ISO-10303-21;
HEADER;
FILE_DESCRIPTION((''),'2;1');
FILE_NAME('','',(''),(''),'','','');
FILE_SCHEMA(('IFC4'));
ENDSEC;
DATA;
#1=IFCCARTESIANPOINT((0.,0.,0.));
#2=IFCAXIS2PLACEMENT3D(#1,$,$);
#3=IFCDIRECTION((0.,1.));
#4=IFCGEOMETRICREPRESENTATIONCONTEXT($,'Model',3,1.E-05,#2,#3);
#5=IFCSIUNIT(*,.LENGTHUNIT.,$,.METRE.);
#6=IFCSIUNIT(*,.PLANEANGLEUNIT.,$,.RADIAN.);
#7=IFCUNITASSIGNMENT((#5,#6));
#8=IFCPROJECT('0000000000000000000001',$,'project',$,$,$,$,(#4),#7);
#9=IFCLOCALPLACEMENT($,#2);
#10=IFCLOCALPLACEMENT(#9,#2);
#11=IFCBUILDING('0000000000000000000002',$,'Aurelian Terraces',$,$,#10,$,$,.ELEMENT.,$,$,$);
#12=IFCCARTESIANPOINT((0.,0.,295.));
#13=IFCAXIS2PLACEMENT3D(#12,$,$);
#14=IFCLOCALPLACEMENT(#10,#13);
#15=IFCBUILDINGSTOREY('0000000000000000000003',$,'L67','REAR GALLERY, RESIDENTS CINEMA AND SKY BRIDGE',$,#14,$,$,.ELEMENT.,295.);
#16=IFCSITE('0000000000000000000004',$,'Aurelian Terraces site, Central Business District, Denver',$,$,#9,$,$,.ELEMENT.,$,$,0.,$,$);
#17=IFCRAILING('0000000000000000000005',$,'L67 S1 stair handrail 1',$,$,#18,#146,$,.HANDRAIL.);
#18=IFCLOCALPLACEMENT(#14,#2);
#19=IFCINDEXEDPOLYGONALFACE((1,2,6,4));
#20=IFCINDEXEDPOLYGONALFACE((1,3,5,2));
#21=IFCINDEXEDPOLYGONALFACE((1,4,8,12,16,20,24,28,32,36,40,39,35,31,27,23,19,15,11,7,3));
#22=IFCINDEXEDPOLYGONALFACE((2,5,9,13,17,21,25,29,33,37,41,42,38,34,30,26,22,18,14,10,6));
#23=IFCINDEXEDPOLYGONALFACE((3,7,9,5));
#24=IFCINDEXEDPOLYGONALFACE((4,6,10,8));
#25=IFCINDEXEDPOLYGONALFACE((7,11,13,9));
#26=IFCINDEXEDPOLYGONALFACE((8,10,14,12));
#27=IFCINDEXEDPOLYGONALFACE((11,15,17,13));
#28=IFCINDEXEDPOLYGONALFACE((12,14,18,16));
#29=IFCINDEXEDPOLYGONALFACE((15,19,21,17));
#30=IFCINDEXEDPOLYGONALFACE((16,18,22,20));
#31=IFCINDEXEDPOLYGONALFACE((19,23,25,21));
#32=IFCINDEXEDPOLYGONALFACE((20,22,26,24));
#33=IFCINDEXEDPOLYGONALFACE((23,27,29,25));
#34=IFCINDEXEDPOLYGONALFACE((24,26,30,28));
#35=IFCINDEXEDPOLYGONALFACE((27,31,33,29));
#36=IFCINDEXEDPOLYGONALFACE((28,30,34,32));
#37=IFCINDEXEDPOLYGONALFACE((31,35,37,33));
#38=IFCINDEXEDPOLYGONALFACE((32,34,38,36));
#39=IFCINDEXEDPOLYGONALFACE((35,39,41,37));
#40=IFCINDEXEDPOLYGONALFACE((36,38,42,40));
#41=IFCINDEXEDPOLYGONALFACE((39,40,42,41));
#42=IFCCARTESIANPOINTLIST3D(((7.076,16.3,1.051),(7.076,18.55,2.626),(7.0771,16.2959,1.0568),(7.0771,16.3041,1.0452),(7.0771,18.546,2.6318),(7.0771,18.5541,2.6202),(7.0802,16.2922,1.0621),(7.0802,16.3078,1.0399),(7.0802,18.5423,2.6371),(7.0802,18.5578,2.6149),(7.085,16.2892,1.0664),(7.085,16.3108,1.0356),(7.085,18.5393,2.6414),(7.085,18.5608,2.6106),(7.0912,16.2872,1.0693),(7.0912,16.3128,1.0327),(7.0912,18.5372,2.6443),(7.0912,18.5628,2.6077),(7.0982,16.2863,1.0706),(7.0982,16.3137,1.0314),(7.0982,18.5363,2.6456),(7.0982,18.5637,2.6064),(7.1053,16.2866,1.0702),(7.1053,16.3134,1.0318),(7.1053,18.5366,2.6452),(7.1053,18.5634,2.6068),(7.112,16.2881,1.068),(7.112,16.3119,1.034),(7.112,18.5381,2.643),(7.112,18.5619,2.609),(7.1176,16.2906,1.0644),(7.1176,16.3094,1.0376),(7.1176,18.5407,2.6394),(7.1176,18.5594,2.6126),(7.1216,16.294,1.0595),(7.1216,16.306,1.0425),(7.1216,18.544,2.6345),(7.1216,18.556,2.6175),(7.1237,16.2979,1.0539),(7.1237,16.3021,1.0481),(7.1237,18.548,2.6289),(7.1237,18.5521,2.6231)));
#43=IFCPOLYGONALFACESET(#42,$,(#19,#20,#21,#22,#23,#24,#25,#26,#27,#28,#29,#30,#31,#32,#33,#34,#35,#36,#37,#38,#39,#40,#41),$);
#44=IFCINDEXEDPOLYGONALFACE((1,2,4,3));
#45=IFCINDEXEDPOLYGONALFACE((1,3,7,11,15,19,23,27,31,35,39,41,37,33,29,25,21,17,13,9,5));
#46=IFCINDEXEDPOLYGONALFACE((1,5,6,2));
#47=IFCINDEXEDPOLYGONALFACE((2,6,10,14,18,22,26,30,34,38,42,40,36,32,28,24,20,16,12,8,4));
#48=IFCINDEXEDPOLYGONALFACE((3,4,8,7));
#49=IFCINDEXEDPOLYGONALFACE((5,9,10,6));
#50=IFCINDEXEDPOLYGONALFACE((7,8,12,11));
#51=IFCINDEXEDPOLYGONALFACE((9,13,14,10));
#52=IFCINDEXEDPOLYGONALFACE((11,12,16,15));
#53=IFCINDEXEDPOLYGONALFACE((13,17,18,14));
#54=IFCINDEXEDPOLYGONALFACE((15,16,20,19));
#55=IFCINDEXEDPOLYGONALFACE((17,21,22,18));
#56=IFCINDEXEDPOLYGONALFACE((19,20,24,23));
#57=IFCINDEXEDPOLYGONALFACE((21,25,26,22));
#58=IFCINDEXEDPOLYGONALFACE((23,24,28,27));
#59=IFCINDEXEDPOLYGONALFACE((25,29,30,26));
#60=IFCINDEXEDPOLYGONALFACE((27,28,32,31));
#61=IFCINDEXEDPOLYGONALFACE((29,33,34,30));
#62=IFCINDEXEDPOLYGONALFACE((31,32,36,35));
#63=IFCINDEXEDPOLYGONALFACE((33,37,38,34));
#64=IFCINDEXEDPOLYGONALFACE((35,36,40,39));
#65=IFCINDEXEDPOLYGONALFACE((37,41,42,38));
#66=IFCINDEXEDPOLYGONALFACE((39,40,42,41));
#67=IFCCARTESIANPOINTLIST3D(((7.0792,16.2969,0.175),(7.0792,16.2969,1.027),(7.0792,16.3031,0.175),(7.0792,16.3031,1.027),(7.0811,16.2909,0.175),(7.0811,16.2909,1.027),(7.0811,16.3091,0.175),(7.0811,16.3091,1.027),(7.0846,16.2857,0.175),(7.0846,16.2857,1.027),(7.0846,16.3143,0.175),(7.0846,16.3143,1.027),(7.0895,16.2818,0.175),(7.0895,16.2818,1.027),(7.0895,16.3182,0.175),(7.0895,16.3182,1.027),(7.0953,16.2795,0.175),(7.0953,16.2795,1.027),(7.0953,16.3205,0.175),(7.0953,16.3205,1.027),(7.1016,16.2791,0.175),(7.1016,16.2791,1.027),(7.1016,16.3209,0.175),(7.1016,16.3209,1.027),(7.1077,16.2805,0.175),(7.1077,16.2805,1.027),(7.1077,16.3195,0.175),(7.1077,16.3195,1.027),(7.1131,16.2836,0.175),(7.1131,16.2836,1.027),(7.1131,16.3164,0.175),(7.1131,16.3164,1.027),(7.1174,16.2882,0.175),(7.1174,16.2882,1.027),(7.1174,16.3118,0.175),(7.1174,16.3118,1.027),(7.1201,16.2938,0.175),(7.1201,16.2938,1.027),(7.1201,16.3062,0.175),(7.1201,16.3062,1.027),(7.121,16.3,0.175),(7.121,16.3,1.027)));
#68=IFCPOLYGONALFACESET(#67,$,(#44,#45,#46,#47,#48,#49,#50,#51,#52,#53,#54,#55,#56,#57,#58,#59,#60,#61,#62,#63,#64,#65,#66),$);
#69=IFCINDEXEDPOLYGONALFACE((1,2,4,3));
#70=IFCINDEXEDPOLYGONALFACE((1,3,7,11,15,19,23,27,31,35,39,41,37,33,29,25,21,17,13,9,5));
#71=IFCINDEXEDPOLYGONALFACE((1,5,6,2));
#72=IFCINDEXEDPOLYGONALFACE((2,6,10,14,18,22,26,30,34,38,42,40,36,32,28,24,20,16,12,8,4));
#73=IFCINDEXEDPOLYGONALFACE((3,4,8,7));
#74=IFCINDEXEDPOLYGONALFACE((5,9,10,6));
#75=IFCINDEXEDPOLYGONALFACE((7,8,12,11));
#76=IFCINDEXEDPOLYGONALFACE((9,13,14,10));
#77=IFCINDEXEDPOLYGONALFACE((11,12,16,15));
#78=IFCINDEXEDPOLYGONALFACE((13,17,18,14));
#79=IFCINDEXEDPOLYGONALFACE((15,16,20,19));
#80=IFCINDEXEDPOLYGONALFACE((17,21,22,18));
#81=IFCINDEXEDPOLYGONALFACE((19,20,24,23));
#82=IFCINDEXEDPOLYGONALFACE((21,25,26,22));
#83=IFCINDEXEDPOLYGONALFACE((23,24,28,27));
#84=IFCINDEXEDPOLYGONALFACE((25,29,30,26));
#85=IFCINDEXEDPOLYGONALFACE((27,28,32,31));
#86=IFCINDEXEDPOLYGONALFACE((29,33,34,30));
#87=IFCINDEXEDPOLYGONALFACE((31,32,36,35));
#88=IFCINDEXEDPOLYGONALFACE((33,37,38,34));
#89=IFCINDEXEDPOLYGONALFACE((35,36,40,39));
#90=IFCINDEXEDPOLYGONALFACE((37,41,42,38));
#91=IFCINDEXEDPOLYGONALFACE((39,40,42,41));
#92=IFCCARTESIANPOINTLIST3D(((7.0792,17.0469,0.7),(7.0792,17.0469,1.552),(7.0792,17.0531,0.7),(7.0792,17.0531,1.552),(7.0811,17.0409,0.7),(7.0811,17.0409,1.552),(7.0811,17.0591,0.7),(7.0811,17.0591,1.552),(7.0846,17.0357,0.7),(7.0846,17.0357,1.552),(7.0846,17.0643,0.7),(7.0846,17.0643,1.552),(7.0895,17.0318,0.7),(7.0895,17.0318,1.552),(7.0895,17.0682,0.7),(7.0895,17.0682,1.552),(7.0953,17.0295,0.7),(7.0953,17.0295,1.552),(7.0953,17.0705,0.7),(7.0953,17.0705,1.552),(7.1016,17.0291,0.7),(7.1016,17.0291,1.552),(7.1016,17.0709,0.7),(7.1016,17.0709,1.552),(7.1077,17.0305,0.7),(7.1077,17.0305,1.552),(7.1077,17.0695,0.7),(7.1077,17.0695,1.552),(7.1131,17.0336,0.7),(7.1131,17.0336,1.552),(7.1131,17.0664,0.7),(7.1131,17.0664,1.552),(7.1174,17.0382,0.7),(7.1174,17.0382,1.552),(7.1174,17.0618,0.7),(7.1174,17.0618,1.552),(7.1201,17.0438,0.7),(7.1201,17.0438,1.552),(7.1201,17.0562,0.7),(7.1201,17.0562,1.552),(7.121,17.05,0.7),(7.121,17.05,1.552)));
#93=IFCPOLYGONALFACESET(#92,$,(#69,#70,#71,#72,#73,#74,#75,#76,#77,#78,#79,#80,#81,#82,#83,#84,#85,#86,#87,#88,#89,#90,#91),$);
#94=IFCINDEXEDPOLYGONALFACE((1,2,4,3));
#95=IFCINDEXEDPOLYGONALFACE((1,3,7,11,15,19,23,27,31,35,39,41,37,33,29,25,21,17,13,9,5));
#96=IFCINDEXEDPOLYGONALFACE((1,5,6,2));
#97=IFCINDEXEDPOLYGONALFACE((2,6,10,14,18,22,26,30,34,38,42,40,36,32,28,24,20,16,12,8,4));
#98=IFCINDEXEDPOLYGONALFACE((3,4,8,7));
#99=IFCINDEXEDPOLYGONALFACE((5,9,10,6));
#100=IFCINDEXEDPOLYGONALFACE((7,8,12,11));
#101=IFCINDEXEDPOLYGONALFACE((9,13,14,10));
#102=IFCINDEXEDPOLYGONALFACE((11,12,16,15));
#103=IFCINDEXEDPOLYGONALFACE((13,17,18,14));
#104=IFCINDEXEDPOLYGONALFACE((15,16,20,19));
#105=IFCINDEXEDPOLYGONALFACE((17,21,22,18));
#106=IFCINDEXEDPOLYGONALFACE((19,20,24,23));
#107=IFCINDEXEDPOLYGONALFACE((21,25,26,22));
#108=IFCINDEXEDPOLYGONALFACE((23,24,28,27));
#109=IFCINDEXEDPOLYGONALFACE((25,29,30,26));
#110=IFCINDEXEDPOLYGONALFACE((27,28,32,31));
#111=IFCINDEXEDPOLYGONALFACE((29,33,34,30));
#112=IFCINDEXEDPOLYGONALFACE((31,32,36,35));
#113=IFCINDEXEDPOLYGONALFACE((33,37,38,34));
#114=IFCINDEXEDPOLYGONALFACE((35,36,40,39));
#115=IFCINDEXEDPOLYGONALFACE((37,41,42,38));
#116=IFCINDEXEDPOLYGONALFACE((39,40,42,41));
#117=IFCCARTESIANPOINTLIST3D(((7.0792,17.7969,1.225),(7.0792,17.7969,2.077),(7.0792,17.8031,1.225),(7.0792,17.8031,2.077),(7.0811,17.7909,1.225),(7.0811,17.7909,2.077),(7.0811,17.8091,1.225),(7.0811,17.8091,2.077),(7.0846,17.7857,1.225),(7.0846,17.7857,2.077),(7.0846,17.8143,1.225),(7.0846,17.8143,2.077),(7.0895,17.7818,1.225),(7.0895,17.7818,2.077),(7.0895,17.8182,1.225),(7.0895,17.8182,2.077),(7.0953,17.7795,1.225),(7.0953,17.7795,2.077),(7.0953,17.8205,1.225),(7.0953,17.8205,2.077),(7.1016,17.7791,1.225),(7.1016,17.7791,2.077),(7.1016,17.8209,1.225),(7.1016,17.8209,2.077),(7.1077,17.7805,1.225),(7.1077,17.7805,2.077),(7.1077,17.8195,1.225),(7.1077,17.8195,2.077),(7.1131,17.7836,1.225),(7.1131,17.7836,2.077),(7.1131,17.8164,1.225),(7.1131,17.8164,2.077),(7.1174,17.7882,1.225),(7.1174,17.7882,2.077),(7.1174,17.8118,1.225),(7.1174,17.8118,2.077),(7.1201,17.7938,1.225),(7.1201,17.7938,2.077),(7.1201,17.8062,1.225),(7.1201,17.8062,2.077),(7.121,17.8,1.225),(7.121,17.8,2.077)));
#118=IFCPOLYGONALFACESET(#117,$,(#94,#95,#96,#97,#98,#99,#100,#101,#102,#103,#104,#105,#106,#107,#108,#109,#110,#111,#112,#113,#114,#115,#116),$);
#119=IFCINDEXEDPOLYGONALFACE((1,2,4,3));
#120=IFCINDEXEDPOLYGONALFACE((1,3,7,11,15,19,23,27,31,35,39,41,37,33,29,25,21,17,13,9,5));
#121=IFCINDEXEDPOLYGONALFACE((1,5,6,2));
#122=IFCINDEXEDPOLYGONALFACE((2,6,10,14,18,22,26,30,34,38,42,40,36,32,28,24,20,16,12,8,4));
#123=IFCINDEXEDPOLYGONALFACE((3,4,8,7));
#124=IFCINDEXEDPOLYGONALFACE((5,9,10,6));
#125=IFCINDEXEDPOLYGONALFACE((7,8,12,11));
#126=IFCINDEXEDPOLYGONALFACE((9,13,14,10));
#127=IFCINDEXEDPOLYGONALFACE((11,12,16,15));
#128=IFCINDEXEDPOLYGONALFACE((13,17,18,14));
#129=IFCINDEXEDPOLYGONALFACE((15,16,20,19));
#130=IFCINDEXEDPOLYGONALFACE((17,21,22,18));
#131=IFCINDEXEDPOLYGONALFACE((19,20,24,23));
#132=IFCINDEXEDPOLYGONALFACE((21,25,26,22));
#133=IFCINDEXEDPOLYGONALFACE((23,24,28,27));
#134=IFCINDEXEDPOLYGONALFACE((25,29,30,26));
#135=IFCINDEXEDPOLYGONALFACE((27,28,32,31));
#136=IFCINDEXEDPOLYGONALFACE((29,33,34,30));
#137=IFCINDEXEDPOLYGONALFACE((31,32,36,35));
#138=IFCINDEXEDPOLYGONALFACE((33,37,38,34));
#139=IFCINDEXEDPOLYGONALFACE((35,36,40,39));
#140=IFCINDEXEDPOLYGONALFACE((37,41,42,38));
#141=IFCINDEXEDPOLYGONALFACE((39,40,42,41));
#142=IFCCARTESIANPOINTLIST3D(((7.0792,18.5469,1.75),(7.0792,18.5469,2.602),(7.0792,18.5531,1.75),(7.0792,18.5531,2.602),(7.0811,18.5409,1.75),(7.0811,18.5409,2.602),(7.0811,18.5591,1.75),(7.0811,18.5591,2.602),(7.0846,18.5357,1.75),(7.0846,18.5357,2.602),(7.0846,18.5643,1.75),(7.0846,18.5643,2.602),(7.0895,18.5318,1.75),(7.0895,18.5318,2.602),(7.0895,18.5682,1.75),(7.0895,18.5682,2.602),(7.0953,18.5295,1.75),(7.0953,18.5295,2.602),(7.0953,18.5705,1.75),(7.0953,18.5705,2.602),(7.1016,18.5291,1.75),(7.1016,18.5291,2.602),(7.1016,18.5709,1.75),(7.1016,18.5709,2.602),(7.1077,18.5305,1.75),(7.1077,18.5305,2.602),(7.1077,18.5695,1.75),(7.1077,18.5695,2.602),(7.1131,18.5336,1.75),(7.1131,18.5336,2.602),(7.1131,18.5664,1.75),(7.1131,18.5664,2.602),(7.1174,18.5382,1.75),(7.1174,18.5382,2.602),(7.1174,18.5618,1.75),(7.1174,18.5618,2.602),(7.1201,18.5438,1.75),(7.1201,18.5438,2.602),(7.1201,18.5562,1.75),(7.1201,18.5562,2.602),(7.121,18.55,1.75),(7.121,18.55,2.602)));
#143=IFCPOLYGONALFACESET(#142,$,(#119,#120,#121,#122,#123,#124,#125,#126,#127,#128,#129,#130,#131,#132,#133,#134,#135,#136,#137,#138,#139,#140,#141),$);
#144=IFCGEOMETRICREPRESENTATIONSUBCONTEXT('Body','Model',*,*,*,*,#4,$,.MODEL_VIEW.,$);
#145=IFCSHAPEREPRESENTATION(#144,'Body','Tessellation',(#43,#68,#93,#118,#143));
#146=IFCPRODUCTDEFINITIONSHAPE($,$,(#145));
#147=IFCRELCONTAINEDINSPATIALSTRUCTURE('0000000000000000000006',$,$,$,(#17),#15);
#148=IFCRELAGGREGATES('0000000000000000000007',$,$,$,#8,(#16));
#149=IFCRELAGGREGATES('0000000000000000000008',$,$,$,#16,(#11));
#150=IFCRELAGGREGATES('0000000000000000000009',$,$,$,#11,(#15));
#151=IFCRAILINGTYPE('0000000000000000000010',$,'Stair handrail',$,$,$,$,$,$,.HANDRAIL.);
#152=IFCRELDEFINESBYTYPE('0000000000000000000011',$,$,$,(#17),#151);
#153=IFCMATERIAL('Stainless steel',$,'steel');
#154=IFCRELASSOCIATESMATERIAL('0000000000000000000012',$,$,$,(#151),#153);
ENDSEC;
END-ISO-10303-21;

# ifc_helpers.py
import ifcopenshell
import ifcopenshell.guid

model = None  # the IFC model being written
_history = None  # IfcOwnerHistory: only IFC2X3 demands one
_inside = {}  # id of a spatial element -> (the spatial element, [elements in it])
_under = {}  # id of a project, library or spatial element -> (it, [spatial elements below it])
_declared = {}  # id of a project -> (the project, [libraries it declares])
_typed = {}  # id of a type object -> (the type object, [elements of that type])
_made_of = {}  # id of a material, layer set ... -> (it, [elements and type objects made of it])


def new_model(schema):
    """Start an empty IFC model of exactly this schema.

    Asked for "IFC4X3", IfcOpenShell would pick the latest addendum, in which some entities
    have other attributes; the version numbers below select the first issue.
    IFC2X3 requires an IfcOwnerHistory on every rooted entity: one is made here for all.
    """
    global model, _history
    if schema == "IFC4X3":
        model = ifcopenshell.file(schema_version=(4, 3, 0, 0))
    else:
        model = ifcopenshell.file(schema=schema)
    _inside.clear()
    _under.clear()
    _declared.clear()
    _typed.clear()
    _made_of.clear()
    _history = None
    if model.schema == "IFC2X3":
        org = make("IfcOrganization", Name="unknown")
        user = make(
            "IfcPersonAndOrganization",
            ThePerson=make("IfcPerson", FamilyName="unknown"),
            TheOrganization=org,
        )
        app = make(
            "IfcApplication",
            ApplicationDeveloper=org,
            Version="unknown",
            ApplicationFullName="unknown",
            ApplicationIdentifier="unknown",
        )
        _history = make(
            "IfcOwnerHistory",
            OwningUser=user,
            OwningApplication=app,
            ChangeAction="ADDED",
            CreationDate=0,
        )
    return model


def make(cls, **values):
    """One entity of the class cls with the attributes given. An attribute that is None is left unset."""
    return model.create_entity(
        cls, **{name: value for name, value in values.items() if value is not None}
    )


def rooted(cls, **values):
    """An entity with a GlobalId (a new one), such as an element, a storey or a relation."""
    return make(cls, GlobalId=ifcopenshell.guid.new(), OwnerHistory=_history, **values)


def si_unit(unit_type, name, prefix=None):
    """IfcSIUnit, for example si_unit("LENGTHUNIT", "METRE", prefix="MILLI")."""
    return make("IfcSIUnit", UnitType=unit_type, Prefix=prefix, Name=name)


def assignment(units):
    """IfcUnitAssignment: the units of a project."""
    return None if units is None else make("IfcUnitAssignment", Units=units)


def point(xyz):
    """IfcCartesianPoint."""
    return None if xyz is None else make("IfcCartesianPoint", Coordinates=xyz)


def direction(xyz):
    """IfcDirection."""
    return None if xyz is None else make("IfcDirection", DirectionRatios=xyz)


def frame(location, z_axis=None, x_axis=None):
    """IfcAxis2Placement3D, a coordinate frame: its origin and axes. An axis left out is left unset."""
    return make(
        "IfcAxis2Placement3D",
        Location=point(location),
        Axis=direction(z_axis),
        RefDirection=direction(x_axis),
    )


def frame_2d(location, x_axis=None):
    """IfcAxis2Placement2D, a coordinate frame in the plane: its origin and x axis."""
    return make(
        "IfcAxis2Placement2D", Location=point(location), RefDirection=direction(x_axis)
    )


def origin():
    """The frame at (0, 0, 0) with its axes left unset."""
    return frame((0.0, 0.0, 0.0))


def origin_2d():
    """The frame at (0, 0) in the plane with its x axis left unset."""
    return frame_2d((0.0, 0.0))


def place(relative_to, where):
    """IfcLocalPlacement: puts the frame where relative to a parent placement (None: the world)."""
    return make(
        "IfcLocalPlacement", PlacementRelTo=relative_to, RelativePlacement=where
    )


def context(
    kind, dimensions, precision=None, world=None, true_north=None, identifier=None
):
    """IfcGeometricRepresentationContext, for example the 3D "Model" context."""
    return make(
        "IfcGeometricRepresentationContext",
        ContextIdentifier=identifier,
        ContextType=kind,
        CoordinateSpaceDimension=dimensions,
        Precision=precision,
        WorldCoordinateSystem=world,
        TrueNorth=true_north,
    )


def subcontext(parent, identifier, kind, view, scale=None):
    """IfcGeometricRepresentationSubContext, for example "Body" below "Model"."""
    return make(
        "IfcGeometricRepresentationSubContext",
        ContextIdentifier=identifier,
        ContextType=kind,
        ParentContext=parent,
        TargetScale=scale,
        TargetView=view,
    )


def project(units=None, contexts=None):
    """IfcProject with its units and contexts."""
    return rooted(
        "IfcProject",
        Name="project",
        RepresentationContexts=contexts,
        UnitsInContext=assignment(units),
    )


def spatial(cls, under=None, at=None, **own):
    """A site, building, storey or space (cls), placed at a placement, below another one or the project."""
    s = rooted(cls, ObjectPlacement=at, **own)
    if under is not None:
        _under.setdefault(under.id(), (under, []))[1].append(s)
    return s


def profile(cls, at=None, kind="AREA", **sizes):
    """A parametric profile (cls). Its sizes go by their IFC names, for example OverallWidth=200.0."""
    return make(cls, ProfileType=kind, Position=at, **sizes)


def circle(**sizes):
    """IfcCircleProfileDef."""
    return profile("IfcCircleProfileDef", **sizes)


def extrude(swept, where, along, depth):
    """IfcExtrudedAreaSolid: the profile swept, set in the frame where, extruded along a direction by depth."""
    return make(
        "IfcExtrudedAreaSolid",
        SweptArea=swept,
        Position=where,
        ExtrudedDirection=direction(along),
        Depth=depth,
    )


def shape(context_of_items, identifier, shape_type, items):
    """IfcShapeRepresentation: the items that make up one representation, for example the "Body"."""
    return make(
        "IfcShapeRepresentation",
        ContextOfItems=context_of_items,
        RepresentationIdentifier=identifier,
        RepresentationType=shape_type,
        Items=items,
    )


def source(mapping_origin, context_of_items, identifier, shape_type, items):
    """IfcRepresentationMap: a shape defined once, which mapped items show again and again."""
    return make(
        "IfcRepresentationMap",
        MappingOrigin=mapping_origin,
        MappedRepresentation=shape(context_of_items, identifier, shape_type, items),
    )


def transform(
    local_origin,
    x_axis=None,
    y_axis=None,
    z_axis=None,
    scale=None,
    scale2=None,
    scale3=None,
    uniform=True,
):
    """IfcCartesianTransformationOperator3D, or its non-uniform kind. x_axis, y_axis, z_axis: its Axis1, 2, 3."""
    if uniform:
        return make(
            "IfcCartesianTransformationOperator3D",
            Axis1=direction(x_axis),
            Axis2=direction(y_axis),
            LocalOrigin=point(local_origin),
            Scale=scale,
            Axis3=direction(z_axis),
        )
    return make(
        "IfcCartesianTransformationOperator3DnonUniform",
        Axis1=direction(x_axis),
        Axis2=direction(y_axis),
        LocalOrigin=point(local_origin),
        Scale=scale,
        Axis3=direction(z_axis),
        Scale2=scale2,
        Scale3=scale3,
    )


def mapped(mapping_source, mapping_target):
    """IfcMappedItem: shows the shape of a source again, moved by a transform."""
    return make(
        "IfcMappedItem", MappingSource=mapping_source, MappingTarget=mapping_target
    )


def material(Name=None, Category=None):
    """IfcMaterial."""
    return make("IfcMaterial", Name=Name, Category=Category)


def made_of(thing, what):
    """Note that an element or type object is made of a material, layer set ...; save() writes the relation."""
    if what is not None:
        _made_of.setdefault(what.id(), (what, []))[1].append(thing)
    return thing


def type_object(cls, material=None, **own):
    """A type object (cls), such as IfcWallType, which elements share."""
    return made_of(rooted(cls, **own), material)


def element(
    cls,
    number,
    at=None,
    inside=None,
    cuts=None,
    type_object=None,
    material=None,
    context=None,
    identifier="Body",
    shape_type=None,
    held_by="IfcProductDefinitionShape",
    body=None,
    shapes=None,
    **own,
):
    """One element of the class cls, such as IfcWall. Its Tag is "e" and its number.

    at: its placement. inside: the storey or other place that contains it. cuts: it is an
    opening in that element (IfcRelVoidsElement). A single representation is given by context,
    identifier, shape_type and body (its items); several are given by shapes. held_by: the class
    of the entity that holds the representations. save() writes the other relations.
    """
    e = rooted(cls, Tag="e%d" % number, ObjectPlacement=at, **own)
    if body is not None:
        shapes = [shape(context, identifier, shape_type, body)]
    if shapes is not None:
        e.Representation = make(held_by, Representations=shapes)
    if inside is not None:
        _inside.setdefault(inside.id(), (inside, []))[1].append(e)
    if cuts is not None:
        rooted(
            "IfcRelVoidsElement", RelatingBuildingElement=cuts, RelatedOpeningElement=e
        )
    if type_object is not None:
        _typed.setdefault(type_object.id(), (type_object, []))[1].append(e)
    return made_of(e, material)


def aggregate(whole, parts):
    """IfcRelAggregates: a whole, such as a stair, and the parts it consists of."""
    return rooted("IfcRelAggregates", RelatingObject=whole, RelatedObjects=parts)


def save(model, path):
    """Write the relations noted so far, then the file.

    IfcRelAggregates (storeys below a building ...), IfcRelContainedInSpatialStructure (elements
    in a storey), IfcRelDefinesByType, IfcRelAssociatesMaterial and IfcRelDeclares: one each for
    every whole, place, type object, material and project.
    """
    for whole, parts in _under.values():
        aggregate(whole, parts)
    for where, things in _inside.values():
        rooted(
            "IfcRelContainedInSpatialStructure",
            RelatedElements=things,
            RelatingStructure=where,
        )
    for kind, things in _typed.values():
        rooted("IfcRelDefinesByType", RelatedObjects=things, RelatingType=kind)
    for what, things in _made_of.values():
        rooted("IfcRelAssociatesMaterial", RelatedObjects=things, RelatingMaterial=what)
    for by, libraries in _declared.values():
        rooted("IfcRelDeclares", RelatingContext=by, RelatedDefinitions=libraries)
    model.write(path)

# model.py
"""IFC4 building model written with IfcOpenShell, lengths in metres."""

from ifc_helpers import new_model, si_unit, direction, frame, origin, origin_2d, place, context, subcontext, project, spatial, circle, extrude, source, transform, mapped, material, type_object, element, save


model = new_model("IFC4")

# Units and contexts
model_context = context("Model", 3, precision=1e-05, world=origin(), true_north=direction((0.0, 1.0)))
body_context = subcontext(model_context, "Body", "Model", "MODEL_VIEW")
ifc_project = project(units=[si_unit("LENGTHUNIT", "METRE"), si_unit("PLANEANGLEUNIT", "RADIAN")], contexts=[model_context])

# Site, building, storey
site_placement = place(None, origin())
site = spatial("IfcSite", under=ifc_project, at=site_placement, Name="Aurelian Terraces site, Central Business District, Denver", CompositionType="ELEMENT", RefElevation=0.0)
building_placement = place(site_placement, origin())
building = spatial("IfcBuilding", under=site, at=building_placement, Name="Aurelian Terraces", CompositionType="ELEMENT")
storey_placement = place(building_placement, frame((0.0, 0.0, 295.0)))
storey = spatial("IfcBuildingStorey", under=building, at=storey_placement, Name="L67", Description="REAR GALLERY, RESIDENTS CINEMA AND SKY BRIDGE", CompositionType="ELEMENT", Elevation=295.0)

# Railing
ifc_material_1 = material(Name="Stainless steel", Category="steel")
railing_type_1 = type_object("IfcRailingType", Name="Stair handrail", PredefinedType="HANDRAIL", material=ifc_material_1)
shared_shape_1 = source(origin(), body_context, "Body", "SweptSolid", [
    extrude(circle(Radius=0.024, at=origin_2d()), frame((0.0, 0.0, 0.876), z_axis=(0.0, 0.819232, 0.573462), x_axis=(-1.0, 0.0, 0.0)), (0.0, 0.0, 1.0), 2.7465),
    extrude(circle(Radius=0.021, at=origin_2d()), origin(), (0.0, 0.0, 1.0), 0.852),
    extrude(circle(Radius=0.021, at=origin_2d()), frame((0.0, 0.75, 0.525)), (0.0, 0.0, 1.0), 0.852),
    extrude(circle(Radius=0.021, at=origin_2d()), frame((0.0, 1.5, 1.05)), (0.0, 0.0, 1.0), 0.852),
    extrude(circle(Radius=0.021, at=origin_2d()), frame((0.0, 2.25, 1.575)), (0.0, 0.0, 1.0), 0.852),
])
railing_1_placement = place(storey_placement, frame((7.1, 16.3, 0.175)))
element("IfcRailing", 1, at=railing_1_placement, inside=storey, type_object=railing_type_1, Name="L67 S1 stair handrail 1", PredefinedType="HANDRAIL", context=body_context, shape_type="MappedRepresentation", body=[
    mapped(shared_shape_1, transform((0.0, 0.0, 0.0), scale=1.0)),
])

save(model, "model.ifc")
